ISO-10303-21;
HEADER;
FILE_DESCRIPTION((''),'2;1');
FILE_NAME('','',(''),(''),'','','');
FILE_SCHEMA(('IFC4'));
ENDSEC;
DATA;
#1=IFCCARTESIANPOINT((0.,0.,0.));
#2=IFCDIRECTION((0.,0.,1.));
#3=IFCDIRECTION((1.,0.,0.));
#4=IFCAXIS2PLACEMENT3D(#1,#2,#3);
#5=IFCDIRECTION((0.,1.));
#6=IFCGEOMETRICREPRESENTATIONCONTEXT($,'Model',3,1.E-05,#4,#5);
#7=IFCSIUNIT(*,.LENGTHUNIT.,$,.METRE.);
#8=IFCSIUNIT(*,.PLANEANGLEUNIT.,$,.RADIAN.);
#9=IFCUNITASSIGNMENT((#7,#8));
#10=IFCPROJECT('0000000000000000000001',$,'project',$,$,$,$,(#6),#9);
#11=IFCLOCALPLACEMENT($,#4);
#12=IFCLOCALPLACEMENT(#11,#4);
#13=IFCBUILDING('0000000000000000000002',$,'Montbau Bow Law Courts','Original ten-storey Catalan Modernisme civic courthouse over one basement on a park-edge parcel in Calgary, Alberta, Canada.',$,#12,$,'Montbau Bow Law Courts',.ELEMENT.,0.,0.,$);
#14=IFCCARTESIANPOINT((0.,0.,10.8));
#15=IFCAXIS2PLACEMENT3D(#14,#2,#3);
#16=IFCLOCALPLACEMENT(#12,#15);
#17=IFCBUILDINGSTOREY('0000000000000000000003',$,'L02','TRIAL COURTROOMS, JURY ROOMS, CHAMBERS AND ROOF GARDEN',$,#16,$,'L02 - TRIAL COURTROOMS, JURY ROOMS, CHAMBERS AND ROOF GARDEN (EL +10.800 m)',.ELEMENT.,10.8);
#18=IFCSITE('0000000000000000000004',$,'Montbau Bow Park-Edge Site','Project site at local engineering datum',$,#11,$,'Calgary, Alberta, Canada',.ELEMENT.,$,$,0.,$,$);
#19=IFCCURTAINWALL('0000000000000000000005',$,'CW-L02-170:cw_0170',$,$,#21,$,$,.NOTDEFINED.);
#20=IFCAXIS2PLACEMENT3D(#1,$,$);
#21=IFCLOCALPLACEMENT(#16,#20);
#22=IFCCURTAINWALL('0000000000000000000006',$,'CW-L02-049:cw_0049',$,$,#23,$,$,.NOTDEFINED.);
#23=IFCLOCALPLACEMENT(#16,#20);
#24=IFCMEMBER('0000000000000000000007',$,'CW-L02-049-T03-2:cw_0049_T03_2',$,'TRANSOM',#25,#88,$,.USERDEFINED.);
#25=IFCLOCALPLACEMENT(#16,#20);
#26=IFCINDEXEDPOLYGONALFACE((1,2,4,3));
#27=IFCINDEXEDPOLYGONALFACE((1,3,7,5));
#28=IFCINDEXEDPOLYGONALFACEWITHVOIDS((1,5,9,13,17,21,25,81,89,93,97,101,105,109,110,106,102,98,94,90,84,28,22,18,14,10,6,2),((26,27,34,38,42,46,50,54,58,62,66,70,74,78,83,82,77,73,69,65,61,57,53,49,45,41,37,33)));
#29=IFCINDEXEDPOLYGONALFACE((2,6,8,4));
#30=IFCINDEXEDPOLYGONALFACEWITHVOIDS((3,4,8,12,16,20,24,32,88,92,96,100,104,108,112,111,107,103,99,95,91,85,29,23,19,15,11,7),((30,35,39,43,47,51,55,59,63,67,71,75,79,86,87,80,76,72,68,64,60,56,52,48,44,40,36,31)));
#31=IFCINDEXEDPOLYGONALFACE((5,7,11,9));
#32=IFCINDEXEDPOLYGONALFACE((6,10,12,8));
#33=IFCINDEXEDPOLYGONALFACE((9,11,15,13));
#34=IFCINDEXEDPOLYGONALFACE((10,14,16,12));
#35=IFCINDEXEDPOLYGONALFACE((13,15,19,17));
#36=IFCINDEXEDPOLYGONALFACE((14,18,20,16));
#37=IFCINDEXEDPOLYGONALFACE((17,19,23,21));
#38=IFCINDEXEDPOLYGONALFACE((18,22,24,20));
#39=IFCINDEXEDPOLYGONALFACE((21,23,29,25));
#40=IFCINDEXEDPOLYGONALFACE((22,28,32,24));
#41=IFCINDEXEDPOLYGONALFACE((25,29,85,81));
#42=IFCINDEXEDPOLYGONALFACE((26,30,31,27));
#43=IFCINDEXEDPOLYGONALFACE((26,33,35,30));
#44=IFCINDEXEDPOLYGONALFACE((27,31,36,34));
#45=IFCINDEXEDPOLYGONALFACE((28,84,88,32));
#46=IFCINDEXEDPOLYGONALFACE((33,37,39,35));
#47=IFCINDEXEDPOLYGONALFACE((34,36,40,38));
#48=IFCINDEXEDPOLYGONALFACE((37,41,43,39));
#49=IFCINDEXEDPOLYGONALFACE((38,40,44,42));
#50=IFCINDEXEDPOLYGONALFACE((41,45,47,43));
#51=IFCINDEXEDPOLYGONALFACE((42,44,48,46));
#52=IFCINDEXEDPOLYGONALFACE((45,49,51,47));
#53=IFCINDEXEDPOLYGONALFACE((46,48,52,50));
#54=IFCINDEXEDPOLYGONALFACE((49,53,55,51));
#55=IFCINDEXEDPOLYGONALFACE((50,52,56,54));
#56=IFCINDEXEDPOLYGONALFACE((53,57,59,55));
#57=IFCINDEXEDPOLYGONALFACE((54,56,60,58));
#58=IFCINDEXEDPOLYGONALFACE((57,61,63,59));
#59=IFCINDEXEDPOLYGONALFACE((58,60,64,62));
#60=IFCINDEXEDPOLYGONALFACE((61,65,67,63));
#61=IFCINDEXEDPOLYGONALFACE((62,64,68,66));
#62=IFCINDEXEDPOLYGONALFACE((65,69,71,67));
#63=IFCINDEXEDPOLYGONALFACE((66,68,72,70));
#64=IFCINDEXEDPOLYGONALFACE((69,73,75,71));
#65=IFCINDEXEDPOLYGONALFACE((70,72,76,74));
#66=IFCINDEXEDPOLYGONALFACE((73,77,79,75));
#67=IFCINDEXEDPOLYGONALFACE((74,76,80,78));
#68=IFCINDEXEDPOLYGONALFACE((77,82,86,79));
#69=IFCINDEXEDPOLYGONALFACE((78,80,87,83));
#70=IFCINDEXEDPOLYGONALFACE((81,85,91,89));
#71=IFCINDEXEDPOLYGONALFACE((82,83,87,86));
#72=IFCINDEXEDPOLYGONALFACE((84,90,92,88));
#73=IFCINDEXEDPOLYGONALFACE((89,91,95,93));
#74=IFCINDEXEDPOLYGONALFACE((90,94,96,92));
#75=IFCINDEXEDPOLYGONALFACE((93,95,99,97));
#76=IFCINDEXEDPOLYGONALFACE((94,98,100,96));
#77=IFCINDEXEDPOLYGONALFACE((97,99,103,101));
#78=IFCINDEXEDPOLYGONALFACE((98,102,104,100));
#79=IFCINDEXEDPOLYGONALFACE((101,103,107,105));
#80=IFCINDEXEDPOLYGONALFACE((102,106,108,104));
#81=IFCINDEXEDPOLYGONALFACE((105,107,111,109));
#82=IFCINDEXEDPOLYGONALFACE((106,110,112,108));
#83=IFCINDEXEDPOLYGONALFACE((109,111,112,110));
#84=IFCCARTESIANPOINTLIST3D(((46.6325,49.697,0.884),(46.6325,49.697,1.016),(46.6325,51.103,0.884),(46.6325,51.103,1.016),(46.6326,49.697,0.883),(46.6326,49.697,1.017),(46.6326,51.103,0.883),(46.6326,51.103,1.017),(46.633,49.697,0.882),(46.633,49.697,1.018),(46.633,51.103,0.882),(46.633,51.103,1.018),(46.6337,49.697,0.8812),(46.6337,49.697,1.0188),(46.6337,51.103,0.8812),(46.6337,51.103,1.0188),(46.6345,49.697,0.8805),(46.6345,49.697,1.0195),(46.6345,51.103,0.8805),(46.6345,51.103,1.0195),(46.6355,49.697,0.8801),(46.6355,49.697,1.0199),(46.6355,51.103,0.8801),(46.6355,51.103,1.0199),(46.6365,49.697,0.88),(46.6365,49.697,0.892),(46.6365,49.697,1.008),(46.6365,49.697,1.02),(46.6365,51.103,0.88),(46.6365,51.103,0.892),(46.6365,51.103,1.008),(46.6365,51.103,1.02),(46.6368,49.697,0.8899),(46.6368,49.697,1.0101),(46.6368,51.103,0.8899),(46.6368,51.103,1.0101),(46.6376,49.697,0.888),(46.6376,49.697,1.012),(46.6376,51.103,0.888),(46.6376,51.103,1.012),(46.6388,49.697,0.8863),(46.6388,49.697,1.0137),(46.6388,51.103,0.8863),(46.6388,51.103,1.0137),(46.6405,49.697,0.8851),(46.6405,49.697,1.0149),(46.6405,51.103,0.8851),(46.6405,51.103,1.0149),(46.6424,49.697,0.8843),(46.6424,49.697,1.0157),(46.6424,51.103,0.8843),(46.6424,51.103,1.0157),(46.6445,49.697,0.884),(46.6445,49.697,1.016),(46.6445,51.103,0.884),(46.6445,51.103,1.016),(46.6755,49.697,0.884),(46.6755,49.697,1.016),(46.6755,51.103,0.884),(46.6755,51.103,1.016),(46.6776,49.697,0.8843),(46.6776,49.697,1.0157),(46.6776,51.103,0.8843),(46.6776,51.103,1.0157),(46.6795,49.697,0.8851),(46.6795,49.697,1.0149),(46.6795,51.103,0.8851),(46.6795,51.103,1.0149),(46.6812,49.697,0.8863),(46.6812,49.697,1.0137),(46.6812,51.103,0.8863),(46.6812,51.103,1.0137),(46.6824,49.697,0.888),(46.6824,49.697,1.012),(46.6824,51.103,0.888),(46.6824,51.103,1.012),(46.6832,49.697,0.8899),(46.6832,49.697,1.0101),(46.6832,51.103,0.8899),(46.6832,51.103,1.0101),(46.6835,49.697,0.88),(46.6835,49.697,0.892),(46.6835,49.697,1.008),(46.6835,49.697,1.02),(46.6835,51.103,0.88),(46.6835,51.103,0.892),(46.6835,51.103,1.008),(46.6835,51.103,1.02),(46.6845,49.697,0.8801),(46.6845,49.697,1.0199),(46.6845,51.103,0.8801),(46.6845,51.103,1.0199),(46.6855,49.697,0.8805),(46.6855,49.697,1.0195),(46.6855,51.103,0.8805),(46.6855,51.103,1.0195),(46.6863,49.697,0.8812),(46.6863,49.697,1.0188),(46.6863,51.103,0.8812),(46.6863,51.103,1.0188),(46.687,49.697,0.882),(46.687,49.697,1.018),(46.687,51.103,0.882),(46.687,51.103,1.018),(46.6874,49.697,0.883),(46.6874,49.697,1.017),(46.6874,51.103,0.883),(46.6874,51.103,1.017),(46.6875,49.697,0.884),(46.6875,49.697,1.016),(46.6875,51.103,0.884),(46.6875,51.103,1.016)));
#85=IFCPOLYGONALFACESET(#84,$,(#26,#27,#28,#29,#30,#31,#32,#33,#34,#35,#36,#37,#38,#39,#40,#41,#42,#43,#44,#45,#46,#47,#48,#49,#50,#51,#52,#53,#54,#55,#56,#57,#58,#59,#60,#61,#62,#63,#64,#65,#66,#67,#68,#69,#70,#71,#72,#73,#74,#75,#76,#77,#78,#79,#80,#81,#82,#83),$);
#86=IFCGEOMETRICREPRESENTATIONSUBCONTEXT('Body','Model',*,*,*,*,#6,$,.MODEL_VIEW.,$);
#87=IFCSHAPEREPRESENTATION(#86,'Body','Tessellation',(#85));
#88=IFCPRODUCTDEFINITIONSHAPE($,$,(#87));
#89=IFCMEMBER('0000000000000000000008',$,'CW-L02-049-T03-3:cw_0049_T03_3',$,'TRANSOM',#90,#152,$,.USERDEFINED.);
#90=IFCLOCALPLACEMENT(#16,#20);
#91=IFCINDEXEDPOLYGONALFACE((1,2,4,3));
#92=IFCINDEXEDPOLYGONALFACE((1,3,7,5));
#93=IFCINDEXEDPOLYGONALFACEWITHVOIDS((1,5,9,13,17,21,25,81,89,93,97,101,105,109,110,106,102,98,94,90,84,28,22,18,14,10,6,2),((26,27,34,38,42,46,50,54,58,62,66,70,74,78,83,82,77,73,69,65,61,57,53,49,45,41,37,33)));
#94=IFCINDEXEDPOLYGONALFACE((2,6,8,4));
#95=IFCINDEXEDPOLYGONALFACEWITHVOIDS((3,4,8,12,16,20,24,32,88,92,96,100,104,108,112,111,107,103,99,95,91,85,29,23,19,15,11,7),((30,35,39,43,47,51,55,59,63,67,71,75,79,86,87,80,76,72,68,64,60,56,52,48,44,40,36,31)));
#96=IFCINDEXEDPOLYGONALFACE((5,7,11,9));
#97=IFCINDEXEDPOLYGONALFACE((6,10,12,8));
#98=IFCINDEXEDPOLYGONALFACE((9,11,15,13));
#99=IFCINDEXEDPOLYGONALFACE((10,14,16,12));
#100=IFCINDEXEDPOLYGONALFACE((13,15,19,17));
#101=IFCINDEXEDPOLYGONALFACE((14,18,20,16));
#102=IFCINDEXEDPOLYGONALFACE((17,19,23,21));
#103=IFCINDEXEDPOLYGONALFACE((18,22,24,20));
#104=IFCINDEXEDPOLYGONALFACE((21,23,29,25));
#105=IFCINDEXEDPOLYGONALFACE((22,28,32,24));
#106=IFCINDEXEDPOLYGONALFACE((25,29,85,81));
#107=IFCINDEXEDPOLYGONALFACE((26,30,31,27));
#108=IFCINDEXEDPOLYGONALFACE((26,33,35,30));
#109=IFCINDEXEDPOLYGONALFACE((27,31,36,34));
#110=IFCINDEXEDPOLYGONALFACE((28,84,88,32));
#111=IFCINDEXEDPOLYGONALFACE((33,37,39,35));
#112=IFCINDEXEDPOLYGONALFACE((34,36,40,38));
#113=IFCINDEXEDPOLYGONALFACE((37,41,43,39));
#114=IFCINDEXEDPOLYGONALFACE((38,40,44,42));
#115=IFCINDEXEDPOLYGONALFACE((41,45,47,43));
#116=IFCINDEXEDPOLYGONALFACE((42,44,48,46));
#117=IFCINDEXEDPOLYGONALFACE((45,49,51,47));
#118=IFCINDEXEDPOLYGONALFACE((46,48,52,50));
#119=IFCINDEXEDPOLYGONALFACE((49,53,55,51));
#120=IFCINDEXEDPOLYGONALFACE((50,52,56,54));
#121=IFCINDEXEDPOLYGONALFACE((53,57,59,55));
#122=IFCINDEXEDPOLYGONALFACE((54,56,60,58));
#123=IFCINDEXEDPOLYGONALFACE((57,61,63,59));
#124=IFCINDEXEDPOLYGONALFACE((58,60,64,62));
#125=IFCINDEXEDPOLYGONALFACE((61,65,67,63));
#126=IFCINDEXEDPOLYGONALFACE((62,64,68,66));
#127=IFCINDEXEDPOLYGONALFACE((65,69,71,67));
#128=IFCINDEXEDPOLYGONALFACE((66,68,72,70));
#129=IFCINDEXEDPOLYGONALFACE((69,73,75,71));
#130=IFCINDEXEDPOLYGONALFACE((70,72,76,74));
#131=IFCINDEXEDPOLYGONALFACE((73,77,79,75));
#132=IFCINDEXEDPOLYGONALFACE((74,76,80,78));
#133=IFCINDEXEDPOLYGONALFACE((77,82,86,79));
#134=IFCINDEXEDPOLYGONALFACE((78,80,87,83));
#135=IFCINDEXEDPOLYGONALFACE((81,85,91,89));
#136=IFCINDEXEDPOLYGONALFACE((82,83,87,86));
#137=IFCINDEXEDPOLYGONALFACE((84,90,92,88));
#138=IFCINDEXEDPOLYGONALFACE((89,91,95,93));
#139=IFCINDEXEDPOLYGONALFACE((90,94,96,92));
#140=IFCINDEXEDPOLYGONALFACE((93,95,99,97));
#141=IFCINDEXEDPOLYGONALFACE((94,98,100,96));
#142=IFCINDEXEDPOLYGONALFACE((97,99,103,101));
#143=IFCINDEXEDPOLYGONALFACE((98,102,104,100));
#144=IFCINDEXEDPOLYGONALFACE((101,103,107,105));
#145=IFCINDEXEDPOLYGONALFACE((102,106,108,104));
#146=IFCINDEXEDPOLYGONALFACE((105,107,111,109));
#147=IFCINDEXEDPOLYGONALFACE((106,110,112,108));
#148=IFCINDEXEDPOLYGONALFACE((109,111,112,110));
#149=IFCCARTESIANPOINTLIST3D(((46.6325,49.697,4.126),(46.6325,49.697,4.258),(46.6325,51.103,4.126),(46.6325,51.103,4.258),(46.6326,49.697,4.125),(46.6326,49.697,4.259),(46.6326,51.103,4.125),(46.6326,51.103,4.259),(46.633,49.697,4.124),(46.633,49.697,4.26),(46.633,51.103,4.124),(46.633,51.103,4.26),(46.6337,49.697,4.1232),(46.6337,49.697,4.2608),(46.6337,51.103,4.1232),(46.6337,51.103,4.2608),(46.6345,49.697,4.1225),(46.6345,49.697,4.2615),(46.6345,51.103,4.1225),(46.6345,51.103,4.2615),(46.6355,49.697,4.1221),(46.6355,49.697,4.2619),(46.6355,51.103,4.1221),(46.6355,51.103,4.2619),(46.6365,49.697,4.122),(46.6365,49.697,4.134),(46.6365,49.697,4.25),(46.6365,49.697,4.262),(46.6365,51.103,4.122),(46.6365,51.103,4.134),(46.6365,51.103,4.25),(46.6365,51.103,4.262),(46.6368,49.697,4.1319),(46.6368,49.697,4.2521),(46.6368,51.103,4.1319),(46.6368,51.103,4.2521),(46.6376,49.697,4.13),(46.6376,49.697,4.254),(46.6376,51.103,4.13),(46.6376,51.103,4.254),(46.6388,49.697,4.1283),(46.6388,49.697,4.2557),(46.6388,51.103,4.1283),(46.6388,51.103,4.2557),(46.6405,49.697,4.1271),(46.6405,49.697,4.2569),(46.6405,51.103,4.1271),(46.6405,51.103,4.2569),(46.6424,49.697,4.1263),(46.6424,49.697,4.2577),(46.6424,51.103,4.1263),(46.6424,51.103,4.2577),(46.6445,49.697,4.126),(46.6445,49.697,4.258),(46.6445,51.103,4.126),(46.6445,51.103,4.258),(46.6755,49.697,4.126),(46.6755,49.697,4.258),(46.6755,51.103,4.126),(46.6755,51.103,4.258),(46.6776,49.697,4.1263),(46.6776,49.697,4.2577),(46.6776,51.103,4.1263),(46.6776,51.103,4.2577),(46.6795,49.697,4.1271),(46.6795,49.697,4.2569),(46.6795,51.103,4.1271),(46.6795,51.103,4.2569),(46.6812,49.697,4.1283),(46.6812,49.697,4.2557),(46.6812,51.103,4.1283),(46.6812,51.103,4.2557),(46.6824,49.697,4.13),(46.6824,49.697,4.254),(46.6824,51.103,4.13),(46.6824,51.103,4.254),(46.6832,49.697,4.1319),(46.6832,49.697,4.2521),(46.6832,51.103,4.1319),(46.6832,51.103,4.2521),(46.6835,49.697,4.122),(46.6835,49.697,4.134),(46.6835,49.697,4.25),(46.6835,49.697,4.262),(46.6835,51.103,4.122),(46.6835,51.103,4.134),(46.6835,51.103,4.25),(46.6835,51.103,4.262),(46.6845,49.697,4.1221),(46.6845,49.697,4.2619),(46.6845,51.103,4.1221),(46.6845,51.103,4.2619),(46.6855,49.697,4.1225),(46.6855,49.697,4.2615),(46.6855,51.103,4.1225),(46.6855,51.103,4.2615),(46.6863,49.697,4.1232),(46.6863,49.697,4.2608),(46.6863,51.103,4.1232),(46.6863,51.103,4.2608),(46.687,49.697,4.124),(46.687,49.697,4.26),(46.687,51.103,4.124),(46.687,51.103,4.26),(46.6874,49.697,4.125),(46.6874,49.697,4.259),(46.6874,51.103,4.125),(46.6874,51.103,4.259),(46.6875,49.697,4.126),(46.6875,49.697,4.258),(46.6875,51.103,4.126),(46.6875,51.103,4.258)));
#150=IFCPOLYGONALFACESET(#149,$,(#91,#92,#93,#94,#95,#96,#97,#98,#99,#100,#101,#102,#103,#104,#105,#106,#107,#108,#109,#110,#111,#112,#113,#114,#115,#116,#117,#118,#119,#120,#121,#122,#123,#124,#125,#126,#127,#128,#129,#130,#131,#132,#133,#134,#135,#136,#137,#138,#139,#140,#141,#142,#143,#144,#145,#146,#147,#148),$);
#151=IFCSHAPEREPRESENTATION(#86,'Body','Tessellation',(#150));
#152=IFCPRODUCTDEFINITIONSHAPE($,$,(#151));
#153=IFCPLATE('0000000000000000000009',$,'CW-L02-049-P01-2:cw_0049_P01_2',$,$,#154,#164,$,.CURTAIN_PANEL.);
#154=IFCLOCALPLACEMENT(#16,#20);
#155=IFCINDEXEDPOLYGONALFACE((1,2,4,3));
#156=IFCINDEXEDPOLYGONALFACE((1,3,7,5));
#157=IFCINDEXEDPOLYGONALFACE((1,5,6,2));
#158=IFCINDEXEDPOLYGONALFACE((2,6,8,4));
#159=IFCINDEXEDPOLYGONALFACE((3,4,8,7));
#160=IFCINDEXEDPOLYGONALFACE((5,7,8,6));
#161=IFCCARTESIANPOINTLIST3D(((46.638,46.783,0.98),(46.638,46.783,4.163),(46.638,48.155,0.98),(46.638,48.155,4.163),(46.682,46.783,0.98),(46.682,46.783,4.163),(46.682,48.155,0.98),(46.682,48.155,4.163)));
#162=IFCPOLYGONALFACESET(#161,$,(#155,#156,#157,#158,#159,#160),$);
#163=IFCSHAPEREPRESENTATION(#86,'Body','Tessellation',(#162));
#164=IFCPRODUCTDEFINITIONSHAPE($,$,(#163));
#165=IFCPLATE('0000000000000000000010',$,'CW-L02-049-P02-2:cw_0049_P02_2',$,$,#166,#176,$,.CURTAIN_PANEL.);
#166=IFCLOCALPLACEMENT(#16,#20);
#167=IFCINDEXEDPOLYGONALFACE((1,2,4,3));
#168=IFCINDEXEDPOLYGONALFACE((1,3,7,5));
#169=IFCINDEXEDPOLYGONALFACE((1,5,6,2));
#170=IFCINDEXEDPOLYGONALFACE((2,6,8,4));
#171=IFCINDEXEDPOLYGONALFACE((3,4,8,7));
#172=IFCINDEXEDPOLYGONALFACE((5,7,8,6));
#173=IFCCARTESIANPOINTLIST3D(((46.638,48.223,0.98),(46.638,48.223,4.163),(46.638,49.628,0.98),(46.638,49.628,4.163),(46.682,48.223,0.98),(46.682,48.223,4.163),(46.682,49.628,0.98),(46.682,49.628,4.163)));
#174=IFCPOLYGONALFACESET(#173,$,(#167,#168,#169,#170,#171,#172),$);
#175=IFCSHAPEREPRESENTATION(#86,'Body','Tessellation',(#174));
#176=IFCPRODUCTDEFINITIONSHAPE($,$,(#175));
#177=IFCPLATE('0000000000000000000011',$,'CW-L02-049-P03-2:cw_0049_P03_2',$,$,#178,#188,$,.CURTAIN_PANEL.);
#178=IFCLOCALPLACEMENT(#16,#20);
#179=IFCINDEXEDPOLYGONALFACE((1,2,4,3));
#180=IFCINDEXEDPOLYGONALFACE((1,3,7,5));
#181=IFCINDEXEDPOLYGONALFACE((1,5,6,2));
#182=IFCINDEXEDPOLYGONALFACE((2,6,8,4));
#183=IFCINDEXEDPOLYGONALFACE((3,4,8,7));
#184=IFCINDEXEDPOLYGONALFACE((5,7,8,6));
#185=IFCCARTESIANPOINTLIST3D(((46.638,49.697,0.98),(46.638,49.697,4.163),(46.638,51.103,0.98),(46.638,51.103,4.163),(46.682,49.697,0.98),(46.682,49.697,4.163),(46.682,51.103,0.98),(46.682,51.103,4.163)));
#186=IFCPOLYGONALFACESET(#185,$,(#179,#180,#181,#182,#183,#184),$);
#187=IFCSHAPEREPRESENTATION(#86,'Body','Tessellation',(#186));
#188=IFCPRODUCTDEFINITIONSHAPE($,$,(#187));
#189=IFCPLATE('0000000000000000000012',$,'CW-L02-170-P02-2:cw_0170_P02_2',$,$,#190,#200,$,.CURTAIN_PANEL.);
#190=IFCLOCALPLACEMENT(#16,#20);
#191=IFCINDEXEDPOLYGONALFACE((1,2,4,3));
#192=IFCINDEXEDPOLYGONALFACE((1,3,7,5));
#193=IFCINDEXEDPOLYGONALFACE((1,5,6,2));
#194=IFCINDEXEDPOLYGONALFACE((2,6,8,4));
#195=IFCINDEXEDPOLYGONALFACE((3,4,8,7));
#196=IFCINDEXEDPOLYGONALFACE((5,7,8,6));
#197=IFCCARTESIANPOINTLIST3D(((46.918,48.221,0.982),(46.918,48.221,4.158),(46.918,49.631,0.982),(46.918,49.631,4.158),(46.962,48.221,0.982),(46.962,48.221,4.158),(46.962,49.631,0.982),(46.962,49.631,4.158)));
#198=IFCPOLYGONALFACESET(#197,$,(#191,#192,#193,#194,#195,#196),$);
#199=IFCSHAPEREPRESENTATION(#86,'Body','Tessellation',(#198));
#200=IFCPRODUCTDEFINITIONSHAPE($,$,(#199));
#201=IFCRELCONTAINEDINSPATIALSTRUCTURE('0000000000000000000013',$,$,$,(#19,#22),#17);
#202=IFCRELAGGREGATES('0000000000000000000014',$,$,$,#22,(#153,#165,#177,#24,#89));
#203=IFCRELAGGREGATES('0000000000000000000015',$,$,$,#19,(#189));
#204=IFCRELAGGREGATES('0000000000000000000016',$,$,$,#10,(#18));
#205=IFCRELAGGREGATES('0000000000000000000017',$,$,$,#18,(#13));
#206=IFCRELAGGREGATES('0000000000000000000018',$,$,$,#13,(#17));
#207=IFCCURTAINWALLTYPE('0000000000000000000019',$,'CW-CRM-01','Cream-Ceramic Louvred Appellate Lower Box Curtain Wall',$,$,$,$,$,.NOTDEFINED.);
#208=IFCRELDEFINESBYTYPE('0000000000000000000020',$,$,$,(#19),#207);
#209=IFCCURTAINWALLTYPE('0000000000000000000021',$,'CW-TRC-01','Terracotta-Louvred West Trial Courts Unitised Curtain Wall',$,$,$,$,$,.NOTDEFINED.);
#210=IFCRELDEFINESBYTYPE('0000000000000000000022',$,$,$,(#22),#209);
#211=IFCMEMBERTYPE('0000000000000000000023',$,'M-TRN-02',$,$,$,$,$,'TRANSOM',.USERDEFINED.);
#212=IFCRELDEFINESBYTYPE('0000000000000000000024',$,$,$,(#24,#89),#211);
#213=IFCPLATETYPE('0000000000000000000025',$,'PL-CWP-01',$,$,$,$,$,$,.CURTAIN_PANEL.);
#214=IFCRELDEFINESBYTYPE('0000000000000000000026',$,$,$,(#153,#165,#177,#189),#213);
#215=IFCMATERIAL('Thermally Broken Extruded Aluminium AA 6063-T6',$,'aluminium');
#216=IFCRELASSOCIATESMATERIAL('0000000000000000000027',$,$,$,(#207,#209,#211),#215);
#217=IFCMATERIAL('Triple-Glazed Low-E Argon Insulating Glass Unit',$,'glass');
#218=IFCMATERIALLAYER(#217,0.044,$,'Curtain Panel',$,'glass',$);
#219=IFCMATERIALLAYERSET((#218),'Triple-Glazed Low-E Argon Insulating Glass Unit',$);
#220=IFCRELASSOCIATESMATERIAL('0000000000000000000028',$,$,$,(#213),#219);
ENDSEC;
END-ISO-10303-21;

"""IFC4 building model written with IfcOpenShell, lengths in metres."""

from ifc_helpers import new_model, si_unit, direction, frame, frame_2d, origin_with_axes, origin_2d_with_axis, place, context, subcontext, project, spatial, rectangle, hollow_rectangle, extrude, material, layer, layer_set, material_profile, profile_set, type_object, element, aggregate, save


model = new_model("IFC4")

# Units and contexts
model_context = context("Model", 3, precision=1e-05, world=origin_with_axes(), true_north=direction((0.0, 1.0)))
body_context = subcontext(model_context, "Body", "Model", "MODEL_VIEW")
ifc_project = project(units=[si_unit("LENGTHUNIT", "METRE"), si_unit("PLANEANGLEUNIT", "RADIAN")], contexts=[model_context])

# Site, building, storey
site_placement = place(None, origin_with_axes())
site = spatial("IfcSite", under=ifc_project, at=site_placement, Name="Montbau Bow Park-Edge Site", Description="Project site at local engineering datum", LongName="Calgary, Alberta, Canada", CompositionType="ELEMENT", RefElevation=0.0)
building_placement = place(site_placement, origin_with_axes())
building = spatial("IfcBuilding", under=site, at=building_placement, Name="Montbau Bow Law Courts", Description="Original ten-storey Catalan Modernisme civic courthouse over one basement on a park-edge parcel in Calgary, Alberta, Canada.", LongName="Montbau Bow Law Courts", CompositionType="ELEMENT", ElevationOfRefHeight=0.0, ElevationOfTerrain=0.0)
storey_placement = place(building_placement, frame((0.0, 0.0, 10.8), z_axis=(0.0, 0.0, 1.0), x_axis=(1.0, 0.0, 0.0)))
storey = spatial("IfcBuildingStorey", under=building, at=storey_placement, Name="L02", Description="TRIAL COURTROOMS, JURY ROOMS, CHAMBERS AND ROOF GARDEN", LongName="L02 - TRIAL COURTROOMS, JURY ROOMS, CHAMBERS AND ROOF GARDEN (EL +10.800 m)", CompositionType="ELEMENT", Elevation=10.8)

# Curtain wall
ifc_material_1 = material(Name="Thermally Broken Extruded Aluminium AA 6063-T6", Category="aluminium")
curtain_wall_type_1 = type_object("IfcCurtainWallType", Name="CW-CRM-01", Description="Cream-Ceramic Louvred Appellate Lower Box Curtain Wall", PredefinedType="NOTDEFINED", material=ifc_material_1)
curtain_wall_1_placement = place(None, frame((46.94, 46.715, 10.8), z_axis=(0.0, 0.0, 1.0), x_axis=(1.0, 0.0, 0.0)))
curtain_wall_1 = element("IfcCurtainWall", 1, at=curtain_wall_1_placement, inside=storey, type_object=curtain_wall_type_1, Name="CW-L02-170:cw_0170", PredefinedType="NOTDEFINED")

# Curtain wall, members, plates
curtain_wall_type_2 = type_object("IfcCurtainWallType", Name="CW-TRC-01", Description="Terracotta-Louvred West Trial Courts Unitised Curtain Wall", PredefinedType="NOTDEFINED", material=ifc_material_1)
curtain_wall_2_placement = place(None, frame((46.66, 46.715, 10.8), z_axis=(0.0, 0.0, 1.0), x_axis=(1.0, 0.0, 0.0)))
curtain_wall_2 = element("IfcCurtainWall", 2, at=curtain_wall_2_placement, inside=storey, type_object=curtain_wall_type_2, Name="CW-L02-049:cw_0049", PredefinedType="NOTDEFINED")
ifc_material_profile_1 = material_profile(ifc_material_1, hollow_rectangle(XDim=0.055, YDim=0.14, WallThickness=0.004, InnerFilletRadius=0.008, OuterFilletRadius=0.004, at=origin_2d_with_axis()), Name="CWT-140X55", Category="Main", Priority=0)
ifc_profile_set_1 = profile_set([ifc_material_profile_1], Name="Thermally Broken Extruded Aluminium AA 6063-T6")
member_type_1 = type_object("IfcMemberType", Name="M-TRN-02", ElementType="TRANSOM", PredefinedType="USERDEFINED", material=ifc_profile_set_1)
member_1_placement = place(None, frame((46.66, 49.697, 11.75), z_axis=(0.0, 1.0, 0.0), x_axis=(-1.0, 0.0, 0.0)))
member_1 = element("IfcMember", 3, at=member_1_placement, type_object=member_type_1, Name="CW-L02-049-T03-2:cw_0049_T03_2", ObjectType="TRANSOM", PredefinedType="USERDEFINED", context=body_context, shape_type="SweptSolid", body=[
    extrude(hollow_rectangle(XDim=0.055, YDim=0.14, WallThickness=0.004, InnerFilletRadius=0.008, OuterFilletRadius=0.004, at=origin_2d_with_axis()), origin_with_axes(), (0.0, 0.0, 1.0), 1.406),
])
member_2_placement = place(None, frame((46.66, 49.697, 14.992), z_axis=(0.0, 1.0, 0.0), x_axis=(-1.0, 0.0, 0.0)))
member_2 = element("IfcMember", 4, at=member_2_placement, type_object=member_type_1, Name="CW-L02-049-T03-3:cw_0049_T03_3", ObjectType="TRANSOM", PredefinedType="USERDEFINED", context=body_context, shape_type="SweptSolid", body=[
    extrude(hollow_rectangle(XDim=0.055, YDim=0.14, WallThickness=0.004, InnerFilletRadius=0.008, OuterFilletRadius=0.004, at=origin_2d_with_axis()), origin_with_axes(), (0.0, 0.0, 1.0), 1.406),
])
ifc_material_2 = material(Name="Triple-Glazed Low-E Argon Insulating Glass Unit", Category="glass")
ifc_layer_1 = layer(ifc_material_2, 0.044, Name="Curtain Panel", Category="glass")
ifc_layer_set_1 = layer_set([ifc_layer_1], Name="Triple-Glazed Low-E Argon Insulating Glass Unit")
plate_type_1 = type_object("IfcPlateType", Name="PL-CWP-01", PredefinedType="CURTAIN_PANEL", material=ifc_layer_set_1)
plate_1_placement = place(None, frame((46.66, 46.783, 11.78), z_axis=(1.0, 0.0, 0.0), x_axis=(0.0, 1.0, 0.0)))
plate_1 = element("IfcPlate", 5, at=plate_1_placement, type_object=plate_type_1, Name="CW-L02-049-P01-2:cw_0049_P01_2", PredefinedType="CURTAIN_PANEL", context=body_context, shape_type="SweptSolid", body=[
    extrude(rectangle(XDim=1.372, YDim=3.183, at=frame_2d((0.686, 1.5915), x_axis=(1.0, 0.0))), frame((0.0, 0.0, -0.022), z_axis=(0.0, 0.0, 1.0), x_axis=(1.0, 0.0, 0.0)), (0.0, 0.0, 1.0), 0.044),
])
plate_2_placement = place(None, frame((46.66, 48.223, 11.78), z_axis=(1.0, 0.0, 0.0), x_axis=(0.0, 1.0, 0.0)))
plate_2 = element("IfcPlate", 6, at=plate_2_placement, type_object=plate_type_1, Name="CW-L02-049-P02-2:cw_0049_P02_2", PredefinedType="CURTAIN_PANEL", context=body_context, shape_type="SweptSolid", body=[
    extrude(rectangle(XDim=1.405, YDim=3.183, at=frame_2d((0.7025, 1.5915), x_axis=(1.0, 0.0))), frame((0.0, 0.0, -0.022), z_axis=(0.0, 0.0, 1.0), x_axis=(1.0, 0.0, 0.0)), (0.0, 0.0, 1.0), 0.044),
])
plate_3_placement = place(None, frame((46.66, 49.697, 11.78), z_axis=(1.0, 0.0, 0.0), x_axis=(0.0, 1.0, 0.0)))
plate_3 = element("IfcPlate", 7, at=plate_3_placement, type_object=plate_type_1, Name="CW-L02-049-P03-2:cw_0049_P03_2", PredefinedType="CURTAIN_PANEL", context=body_context, shape_type="SweptSolid", body=[
    extrude(rectangle(XDim=1.406, YDim=3.183, at=frame_2d((0.703, 1.5915), x_axis=(1.0, 0.0))), frame((0.0, 0.0, -0.022), z_axis=(0.0, 0.0, 1.0), x_axis=(1.0, 0.0, 0.0)), (0.0, 0.0, 1.0), 0.044),
])
aggregate(curtain_wall_2, [plate_1, plate_2, plate_3, member_1, member_2])

# Plate
plate_4_placement = place(None, frame((46.94, 48.221, 11.782), z_axis=(1.0, 0.0, 0.0), x_axis=(0.0, 1.0, 0.0)))
plate_4 = element("IfcPlate", 8, at=plate_4_placement, type_object=plate_type_1, Name="CW-L02-170-P02-2:cw_0170_P02_2", PredefinedType="CURTAIN_PANEL", context=body_context, shape_type="SweptSolid", body=[
    extrude(rectangle(XDim=1.41, YDim=3.176, at=frame_2d((0.705, 1.588), x_axis=(1.0, 0.0))), frame((0.0, 0.0, -0.022), z_axis=(0.0, 0.0, 1.0), x_axis=(1.0, 0.0, 0.0)), (0.0, 0.0, 1.0), 0.044),
])
aggregate(curtain_wall_1, [plate_4])

save(model, "model.ifc")
